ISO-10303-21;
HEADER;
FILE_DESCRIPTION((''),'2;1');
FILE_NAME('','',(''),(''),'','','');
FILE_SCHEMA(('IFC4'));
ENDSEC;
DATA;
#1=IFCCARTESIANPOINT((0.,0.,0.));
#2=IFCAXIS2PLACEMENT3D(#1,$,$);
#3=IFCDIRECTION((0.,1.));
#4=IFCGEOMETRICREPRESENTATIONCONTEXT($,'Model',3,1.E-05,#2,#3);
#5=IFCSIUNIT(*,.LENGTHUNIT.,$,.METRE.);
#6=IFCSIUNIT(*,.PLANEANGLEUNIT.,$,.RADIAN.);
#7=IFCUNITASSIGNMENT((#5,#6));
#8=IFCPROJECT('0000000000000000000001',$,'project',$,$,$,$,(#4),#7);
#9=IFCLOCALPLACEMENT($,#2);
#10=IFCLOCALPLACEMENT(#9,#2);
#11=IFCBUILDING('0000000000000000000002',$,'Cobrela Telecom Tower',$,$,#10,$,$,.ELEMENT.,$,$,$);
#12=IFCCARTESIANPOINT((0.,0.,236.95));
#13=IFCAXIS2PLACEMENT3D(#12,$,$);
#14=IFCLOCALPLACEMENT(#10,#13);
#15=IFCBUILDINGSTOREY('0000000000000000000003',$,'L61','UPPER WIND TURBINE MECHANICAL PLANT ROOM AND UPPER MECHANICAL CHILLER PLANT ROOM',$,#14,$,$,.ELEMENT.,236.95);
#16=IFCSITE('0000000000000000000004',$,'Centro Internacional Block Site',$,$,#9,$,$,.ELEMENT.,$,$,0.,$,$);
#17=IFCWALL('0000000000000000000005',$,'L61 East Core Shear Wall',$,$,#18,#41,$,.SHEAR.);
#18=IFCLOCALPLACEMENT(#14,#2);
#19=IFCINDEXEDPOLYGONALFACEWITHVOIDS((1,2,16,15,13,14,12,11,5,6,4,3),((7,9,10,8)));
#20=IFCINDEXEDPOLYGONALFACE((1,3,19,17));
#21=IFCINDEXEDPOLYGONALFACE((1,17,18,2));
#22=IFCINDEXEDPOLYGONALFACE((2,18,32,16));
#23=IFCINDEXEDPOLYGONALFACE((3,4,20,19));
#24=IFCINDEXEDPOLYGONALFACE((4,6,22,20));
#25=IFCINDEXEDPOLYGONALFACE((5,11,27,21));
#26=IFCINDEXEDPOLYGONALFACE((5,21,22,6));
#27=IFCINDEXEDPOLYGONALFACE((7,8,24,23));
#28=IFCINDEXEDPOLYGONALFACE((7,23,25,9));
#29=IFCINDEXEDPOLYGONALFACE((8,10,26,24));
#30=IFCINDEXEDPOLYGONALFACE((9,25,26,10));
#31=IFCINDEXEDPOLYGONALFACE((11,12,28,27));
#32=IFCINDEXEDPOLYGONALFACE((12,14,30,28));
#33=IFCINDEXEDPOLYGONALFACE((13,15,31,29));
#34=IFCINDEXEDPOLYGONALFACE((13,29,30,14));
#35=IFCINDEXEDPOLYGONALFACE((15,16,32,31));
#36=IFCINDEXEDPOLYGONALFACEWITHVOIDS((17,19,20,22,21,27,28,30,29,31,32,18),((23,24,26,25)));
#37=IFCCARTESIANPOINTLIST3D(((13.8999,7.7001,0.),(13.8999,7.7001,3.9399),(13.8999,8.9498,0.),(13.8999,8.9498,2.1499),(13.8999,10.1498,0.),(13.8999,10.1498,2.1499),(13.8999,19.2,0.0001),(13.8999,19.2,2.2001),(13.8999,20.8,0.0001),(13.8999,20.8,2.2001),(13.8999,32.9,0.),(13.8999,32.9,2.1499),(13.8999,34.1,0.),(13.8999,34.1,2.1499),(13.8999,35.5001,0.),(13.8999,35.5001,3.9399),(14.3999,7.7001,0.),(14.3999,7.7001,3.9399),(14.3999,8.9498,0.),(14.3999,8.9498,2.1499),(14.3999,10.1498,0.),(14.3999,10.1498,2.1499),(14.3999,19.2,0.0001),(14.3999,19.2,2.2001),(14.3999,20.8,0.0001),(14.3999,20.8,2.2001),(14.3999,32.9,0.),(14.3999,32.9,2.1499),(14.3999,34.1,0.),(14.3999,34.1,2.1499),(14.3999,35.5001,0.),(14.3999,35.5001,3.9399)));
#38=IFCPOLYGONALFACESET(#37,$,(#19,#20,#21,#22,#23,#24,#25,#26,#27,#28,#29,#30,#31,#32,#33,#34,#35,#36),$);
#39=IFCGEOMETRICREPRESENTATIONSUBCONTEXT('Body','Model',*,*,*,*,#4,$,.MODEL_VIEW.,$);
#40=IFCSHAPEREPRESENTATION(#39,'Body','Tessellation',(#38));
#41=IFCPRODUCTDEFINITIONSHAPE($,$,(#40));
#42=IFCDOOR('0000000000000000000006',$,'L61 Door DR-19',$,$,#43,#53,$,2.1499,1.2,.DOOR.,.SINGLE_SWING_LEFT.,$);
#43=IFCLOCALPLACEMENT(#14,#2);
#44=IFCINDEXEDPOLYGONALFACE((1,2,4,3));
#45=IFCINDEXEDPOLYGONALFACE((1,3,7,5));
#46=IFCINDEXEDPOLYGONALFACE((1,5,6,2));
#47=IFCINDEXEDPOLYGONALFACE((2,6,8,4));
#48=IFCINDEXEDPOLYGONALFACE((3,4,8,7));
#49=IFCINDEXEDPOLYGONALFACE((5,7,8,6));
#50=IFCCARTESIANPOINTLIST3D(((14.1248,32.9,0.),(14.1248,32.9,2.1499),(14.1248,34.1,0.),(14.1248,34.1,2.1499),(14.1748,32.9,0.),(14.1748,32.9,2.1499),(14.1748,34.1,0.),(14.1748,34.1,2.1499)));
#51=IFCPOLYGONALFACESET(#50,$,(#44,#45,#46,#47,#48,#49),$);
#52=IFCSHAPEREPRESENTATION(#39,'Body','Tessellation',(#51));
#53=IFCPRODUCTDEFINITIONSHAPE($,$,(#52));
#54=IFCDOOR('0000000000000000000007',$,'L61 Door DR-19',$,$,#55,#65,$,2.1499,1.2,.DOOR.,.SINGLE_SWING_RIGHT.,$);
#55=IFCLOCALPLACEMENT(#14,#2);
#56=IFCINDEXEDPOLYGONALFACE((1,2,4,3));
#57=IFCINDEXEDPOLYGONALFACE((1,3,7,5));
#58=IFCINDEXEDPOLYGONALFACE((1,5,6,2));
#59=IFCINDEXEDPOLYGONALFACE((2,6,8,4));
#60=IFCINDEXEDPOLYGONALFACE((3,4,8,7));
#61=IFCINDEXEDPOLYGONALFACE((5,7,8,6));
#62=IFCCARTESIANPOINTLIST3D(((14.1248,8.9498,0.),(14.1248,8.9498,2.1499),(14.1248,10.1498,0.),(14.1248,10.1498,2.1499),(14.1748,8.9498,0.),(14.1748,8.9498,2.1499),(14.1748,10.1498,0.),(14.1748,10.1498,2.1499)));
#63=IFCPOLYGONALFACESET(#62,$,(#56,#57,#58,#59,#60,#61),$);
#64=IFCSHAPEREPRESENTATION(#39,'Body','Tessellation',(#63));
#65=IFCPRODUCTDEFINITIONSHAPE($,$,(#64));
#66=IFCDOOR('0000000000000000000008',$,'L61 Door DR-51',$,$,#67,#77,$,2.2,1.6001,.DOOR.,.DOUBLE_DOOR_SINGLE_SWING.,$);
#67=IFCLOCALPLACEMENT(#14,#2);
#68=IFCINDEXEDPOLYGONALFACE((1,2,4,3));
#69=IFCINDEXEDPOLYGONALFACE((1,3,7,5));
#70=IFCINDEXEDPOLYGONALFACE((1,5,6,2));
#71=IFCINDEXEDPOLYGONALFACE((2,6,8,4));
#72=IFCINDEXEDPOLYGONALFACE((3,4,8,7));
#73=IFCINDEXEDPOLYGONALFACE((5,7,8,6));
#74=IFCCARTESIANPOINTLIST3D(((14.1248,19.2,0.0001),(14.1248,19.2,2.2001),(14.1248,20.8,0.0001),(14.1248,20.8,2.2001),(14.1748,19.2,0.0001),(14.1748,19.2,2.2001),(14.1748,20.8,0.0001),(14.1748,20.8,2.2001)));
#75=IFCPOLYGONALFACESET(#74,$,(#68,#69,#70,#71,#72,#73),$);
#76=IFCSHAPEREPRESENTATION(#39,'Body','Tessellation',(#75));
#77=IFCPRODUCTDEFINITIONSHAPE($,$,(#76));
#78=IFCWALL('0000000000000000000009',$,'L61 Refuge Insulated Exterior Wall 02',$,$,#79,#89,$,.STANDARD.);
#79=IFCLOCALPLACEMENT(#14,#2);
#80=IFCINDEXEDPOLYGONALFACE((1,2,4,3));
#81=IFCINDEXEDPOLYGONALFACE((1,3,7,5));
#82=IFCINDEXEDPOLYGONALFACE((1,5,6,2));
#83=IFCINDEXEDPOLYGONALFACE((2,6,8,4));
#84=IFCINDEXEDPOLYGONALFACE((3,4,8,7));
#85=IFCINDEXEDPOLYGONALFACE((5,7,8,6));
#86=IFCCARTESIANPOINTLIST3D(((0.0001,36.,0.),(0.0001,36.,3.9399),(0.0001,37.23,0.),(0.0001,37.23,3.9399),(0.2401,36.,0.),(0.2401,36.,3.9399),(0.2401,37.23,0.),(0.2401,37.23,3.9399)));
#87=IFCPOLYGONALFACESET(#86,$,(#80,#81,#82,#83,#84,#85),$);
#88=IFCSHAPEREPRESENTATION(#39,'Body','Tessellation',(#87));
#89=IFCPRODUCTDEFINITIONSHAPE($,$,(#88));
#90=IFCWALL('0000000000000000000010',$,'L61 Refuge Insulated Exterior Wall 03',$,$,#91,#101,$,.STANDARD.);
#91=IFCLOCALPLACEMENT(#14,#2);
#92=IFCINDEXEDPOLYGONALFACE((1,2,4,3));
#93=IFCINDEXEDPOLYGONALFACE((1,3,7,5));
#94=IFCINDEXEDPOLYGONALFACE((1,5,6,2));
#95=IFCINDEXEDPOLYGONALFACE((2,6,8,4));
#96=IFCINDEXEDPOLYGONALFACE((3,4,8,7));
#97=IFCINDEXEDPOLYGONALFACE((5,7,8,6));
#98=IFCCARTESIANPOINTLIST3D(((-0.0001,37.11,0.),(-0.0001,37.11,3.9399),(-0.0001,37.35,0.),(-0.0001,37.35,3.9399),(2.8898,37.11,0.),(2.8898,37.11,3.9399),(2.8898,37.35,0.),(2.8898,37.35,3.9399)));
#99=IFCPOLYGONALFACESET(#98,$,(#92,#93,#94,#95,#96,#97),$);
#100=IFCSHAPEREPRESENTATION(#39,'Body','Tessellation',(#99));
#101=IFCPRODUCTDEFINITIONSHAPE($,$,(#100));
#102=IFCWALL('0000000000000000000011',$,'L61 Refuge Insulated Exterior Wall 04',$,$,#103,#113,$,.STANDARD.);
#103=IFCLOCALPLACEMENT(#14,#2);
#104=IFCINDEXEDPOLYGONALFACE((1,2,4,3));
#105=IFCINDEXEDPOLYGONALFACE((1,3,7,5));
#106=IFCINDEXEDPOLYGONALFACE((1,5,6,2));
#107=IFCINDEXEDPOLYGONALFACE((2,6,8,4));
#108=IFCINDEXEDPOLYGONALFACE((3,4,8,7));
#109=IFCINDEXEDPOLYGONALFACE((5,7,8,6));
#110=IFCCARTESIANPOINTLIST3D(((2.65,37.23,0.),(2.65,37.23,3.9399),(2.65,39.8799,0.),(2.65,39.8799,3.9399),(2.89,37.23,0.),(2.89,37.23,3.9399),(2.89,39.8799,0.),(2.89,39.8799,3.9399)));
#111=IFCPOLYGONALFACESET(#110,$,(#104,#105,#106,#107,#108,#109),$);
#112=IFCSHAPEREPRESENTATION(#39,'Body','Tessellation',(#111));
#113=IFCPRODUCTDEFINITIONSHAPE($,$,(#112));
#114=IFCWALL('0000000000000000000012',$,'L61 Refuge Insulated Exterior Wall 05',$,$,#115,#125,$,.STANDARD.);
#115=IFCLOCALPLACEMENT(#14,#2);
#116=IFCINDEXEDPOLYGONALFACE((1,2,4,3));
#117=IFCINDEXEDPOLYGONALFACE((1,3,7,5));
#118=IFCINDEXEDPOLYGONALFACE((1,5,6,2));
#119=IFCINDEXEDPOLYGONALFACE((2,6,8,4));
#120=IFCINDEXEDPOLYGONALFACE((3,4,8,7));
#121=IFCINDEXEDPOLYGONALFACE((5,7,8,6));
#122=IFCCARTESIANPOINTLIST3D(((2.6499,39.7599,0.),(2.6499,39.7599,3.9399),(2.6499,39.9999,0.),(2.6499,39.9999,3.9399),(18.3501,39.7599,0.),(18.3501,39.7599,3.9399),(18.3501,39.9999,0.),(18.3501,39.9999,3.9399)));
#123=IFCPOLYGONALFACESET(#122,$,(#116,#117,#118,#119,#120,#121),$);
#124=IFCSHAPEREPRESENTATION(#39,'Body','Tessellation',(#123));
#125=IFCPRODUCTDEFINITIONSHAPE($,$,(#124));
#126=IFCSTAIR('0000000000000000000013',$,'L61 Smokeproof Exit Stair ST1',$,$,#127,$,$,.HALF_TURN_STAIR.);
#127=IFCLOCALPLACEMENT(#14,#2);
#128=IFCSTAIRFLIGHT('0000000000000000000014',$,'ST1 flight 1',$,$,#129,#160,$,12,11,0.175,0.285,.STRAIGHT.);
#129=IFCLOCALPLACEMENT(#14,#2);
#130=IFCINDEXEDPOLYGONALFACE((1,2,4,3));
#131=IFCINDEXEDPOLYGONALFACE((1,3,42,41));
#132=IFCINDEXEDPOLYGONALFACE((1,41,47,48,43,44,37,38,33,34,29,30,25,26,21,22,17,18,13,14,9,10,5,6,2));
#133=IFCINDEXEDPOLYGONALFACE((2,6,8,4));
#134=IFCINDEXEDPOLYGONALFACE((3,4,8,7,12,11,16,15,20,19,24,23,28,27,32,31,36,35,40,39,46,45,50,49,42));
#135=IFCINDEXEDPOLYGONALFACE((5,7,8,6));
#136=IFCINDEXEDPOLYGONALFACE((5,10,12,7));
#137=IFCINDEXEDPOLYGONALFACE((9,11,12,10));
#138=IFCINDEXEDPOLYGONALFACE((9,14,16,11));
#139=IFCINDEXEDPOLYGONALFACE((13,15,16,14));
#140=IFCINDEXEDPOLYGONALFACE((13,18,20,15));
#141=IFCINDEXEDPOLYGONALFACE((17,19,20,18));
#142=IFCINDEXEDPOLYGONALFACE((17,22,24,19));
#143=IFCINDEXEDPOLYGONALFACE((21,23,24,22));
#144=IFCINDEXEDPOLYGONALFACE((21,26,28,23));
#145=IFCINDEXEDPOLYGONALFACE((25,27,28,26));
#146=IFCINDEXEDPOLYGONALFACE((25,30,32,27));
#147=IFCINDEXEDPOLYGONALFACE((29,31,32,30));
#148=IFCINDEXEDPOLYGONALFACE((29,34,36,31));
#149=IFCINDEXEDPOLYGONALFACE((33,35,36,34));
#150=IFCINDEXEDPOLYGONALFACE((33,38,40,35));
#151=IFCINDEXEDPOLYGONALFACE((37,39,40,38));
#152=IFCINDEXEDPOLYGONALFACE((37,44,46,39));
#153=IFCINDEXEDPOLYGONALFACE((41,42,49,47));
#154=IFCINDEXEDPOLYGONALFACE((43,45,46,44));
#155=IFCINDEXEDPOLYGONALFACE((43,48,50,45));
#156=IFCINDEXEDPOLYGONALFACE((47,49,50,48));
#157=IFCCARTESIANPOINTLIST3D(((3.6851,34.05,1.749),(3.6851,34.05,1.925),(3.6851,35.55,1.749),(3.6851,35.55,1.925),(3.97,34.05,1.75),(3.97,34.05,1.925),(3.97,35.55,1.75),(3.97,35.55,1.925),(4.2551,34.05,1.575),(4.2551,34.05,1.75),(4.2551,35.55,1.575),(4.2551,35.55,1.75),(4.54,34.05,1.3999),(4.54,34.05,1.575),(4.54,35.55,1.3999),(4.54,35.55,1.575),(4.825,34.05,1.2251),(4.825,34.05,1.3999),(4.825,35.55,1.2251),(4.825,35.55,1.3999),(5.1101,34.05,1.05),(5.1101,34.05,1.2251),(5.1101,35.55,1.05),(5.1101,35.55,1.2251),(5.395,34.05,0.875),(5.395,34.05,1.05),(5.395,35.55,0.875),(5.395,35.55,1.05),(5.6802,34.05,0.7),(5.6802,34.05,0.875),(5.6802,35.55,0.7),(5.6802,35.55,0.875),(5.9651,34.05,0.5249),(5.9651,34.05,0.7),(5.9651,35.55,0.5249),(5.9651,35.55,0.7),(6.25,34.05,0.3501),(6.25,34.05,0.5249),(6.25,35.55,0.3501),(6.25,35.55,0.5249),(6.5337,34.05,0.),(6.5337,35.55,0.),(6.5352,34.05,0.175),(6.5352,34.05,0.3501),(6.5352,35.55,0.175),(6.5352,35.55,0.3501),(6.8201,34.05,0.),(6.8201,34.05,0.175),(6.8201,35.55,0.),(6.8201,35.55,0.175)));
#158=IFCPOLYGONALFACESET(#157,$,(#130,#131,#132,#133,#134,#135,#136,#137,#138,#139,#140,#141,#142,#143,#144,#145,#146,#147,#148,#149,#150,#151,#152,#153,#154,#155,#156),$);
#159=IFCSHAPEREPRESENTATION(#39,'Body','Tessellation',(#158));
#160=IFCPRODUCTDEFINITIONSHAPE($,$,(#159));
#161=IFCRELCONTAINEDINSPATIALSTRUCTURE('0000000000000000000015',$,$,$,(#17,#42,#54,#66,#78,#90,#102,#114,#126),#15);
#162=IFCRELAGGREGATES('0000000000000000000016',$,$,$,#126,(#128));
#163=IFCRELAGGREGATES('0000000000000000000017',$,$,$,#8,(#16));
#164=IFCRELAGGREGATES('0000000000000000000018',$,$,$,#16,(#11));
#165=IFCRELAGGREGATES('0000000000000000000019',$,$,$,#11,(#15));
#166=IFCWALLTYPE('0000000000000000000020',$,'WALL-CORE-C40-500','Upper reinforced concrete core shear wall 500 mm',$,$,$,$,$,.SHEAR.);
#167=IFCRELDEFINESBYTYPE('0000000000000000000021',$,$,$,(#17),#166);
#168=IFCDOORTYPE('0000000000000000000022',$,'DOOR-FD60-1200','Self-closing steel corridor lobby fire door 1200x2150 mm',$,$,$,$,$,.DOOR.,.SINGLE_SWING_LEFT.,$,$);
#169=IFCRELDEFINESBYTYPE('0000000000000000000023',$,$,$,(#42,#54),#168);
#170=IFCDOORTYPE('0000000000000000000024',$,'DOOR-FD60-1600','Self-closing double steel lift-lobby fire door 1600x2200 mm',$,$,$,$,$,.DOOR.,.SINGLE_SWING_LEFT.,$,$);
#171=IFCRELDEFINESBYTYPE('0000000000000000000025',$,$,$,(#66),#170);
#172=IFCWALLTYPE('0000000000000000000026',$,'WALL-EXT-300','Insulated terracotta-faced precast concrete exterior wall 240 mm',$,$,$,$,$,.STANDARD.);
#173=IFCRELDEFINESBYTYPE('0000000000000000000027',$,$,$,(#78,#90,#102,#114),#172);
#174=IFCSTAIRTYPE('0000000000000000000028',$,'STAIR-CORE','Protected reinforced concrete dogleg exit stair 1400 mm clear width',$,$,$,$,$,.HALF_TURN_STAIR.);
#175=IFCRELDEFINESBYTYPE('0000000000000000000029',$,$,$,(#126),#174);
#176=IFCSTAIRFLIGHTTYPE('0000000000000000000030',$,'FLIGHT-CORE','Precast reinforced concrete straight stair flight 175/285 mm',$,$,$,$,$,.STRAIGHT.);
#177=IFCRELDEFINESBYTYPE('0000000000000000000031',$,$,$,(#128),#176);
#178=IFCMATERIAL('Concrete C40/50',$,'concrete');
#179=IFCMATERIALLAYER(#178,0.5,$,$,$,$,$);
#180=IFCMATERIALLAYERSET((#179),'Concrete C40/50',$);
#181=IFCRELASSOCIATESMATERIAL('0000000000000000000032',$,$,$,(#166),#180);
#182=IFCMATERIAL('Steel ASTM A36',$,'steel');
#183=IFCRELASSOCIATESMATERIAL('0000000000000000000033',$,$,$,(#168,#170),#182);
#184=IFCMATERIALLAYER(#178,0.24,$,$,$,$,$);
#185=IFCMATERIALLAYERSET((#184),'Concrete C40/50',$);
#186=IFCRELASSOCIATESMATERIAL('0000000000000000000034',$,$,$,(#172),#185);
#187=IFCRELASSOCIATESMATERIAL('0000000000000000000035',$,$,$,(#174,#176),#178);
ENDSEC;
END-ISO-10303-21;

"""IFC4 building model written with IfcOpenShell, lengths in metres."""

from ifc_helpers import new_model, si_unit, direction, frame, frame_2d, origin, place, context, subcontext, project, spatial, polyline, rectangle, outline, extrude, material, layer, layer_set, type_object, element, fill, aggregate, save


model = new_model("IFC4")

# Units and contexts
model_context = context("Model", 3, precision=1e-05, world=origin(), true_north=direction((0.0, 1.0)))
body_context = subcontext(model_context, "Body", "Model", "MODEL_VIEW")
ifc_project = project(units=[si_unit("LENGTHUNIT", "METRE"), si_unit("PLANEANGLEUNIT", "RADIAN")], contexts=[model_context])

# Site, building, storey
site_placement = place(None, origin())
site = spatial("IfcSite", under=ifc_project, at=site_placement, Name="Centro Internacional Block Site", CompositionType="ELEMENT", RefElevation=0.0)
building_placement = place(site_placement, origin())
building = spatial("IfcBuilding", under=site, at=building_placement, Name="Cobrela Telecom Tower", CompositionType="ELEMENT")
storey_placement = place(building_placement, frame((0.0, 0.0, 236.95)))
storey = spatial("IfcBuildingStorey", under=building, at=storey_placement, Name="L61", Description="UPPER WIND TURBINE MECHANICAL PLANT ROOM AND UPPER MECHANICAL CHILLER PLANT ROOM", CompositionType="ELEMENT", Elevation=236.95)

# Shared definitions
ifc_material_1 = material(Name="Concrete C40/50", Category="concrete")
ifc_layer_1 = layer(ifc_material_1, 0.5)
ifc_layer_set_1 = layer_set([ifc_layer_1], Name="Concrete C40/50")
wall_type_1 = type_object("IfcWallType", Name="WALL-CORE-C40-500", Description="Upper reinforced concrete core shear wall 500 mm", PredefinedType="SHEAR", material=ifc_layer_set_1)

# Wall, openings, doors
wall_1_placement = place(storey_placement, frame((14.1499, 35.5, 0.0), z_axis=(0.0, 0.0, 1.0), x_axis=(0.0, -1.0, 0.0)))
wall_1 = element("IfcWall", 1, at=wall_1_placement, inside=storey, type_object=wall_type_1, Name="L61 East Core Shear Wall", PredefinedType="SHEAR", context=body_context, shape_type="SweptSolid", body=[
    extrude(rectangle(XDim=27.8, YDim=0.5, at=frame_2d((13.8999, 0.0))), origin(), (0.0, 0.0, 1.0), 3.9399),
])
opening_1_placement = place(wall_1_placement, frame((1.3999, 0.0, 0.0)))
opening_1 = element("IfcOpeningElement", 2, at=opening_1_placement, cuts=wall_1, PredefinedType="OPENING", context=body_context, shape_type="SweptSolid", body=[
    extrude(rectangle(XDim=1.2, YDim=2.1499, at=frame_2d((0.6001, 1.075))), frame((0.0, 0.262, 0.0), z_axis=(0.0, -1.0, 0.0), x_axis=(1.0, 0.0, 0.0)), (0.0, 0.0, 1.0), 0.5239),
])
opening_2_placement = place(wall_1_placement, frame((25.3501, 0.0, 0.0)))
opening_2 = element("IfcOpeningElement", 3, at=opening_2_placement, cuts=wall_1, PredefinedType="OPENING", context=body_context, shape_type="SweptSolid", body=[
    extrude(rectangle(XDim=1.2, YDim=2.1499, at=frame_2d((0.6001, 1.075))), frame((0.0, 0.262, 0.0), z_axis=(0.0, -1.0, 0.0), x_axis=(1.0, 0.0, 0.0)), (0.0, 0.0, 1.0), 0.5239),
])
opening_3_placement = place(wall_1_placement, frame((14.7, 0.0, 0.0)))
opening_3 = element("IfcOpeningElement", 4, at=opening_3_placement, cuts=wall_1, PredefinedType="OPENING", context=body_context, shape_type="SweptSolid", body=[
    extrude(rectangle(XDim=1.6001, YDim=2.2, at=frame_2d((0.8, 1.1001))), frame((0.0, 0.262, 0.0), z_axis=(0.0, -1.0, 0.0), x_axis=(1.0, 0.0, 0.0)), (0.0, 0.0, 1.0), 0.5239),
])
ifc_material_2 = material(Name="Steel ASTM A36", Category="steel")
door_type_1 = type_object("IfcDoorType", Name="DOOR-FD60-1200", Description="Self-closing steel corridor lobby fire door 1200x2150 mm", OperationType="SINGLE_SWING_LEFT", PredefinedType="DOOR", material=ifc_material_2)
door_1_placement = place(opening_1_placement, origin())
door_1 = element("IfcDoor", 5, at=door_1_placement, inside=storey, type_object=door_type_1, Name="L61 Door DR-19", OperationType="SINGLE_SWING_LEFT", OverallHeight=2.1499, OverallWidth=1.2, PredefinedType="DOOR", context=body_context, shape_type="SweptSolid", body=[
    extrude(rectangle(XDim=1.2, YDim=2.1499, at=frame_2d((0.6001, 1.075))), frame((0.0, 0.0249, 0.0), z_axis=(0.0, -1.0, 0.0), x_axis=(1.0, 0.0, 0.0)), (0.0, 0.0, 1.0), 0.05),
])
fill(opening_1, door_1)
door_2_placement = place(opening_2_placement, origin())
door_2 = element("IfcDoor", 6, at=door_2_placement, inside=storey, type_object=door_type_1, Name="L61 Door DR-19", OperationType="SINGLE_SWING_RIGHT", OverallHeight=2.1499, OverallWidth=1.2, PredefinedType="DOOR", context=body_context, shape_type="SweptSolid", body=[
    extrude(rectangle(XDim=1.2, YDim=2.1499, at=frame_2d((0.6001, 1.075))), frame((0.0, 0.0249, 0.0), z_axis=(0.0, -1.0, 0.0), x_axis=(1.0, 0.0, 0.0)), (0.0, 0.0, 1.0), 0.05),
])
fill(opening_2, door_2)
door_type_2 = type_object("IfcDoorType", Name="DOOR-FD60-1600", Description="Self-closing double steel lift-lobby fire door 1600x2200 mm", OperationType="SINGLE_SWING_LEFT", PredefinedType="DOOR", material=ifc_material_2)
door_3_placement = place(opening_3_placement, origin())
door_3 = element("IfcDoor", 7, at=door_3_placement, inside=storey, type_object=door_type_2, Name="L61 Door DR-51", OperationType="DOUBLE_DOOR_SINGLE_SWING", OverallHeight=2.2, OverallWidth=1.6001, PredefinedType="DOOR", context=body_context, shape_type="SweptSolid", body=[
    extrude(rectangle(XDim=1.6001, YDim=2.2, at=frame_2d((0.8, 1.1001))), frame((0.0, 0.0249, 0.0), z_axis=(0.0, -1.0, 0.0), x_axis=(1.0, 0.0, 0.0)), (0.0, 0.0, 1.0), 0.05),
])
fill(opening_3, door_3)

# Walls
ifc_layer_2 = layer(ifc_material_1, 0.24)
ifc_layer_set_2 = layer_set([ifc_layer_2], Name="Concrete C40/50")
wall_type_2 = type_object("IfcWallType", Name="WALL-EXT-300", Description="Insulated terracotta-faced precast concrete exterior wall 240 mm", PredefinedType="STANDARD", material=ifc_layer_set_2)
wall_2_placement = place(storey_placement, frame((0.1201, 36.0, 0.0), z_axis=(0.0, 0.0, 1.0), x_axis=(0.0, 1.0, 0.0)))
element("IfcWall", 8, at=wall_2_placement, inside=storey, type_object=wall_type_2, Name="L61 Refuge Insulated Exterior Wall 02", PredefinedType="STANDARD", context=body_context, shape_type="SweptSolid", body=[
    extrude(rectangle(XDim=1.23, YDim=0.24, at=frame_2d((0.615, 0.0))), origin(), (0.0, 0.0, 1.0), 3.9399),
])
wall_3_placement = place(storey_placement, frame((0.0, 37.23, 0.0), z_axis=(0.0, 0.0, 1.0), x_axis=(1.0, 0.0, 0.0)))
element("IfcWall", 9, at=wall_3_placement, inside=storey, type_object=wall_type_2, Name="L61 Refuge Insulated Exterior Wall 03", PredefinedType="STANDARD", context=body_context, shape_type="SweptSolid", body=[
    extrude(rectangle(XDim=2.8899, YDim=0.24, at=frame_2d((1.4448, 0.0))), origin(), (0.0, 0.0, 1.0), 3.9399),
])
wall_4_placement = place(storey_placement, frame((2.77, 37.23, 0.0), z_axis=(0.0, 0.0, 1.0), x_axis=(0.0, 1.0, 0.0)))
element("IfcWall", 10, at=wall_4_placement, inside=storey, type_object=wall_type_2, Name="L61 Refuge Insulated Exterior Wall 04", PredefinedType="STANDARD", context=body_context, shape_type="SweptSolid", body=[
    extrude(rectangle(XDim=2.6499, YDim=0.24, at=frame_2d((1.325, 0.0))), origin(), (0.0, 0.0, 1.0), 3.9399),
])
wall_5_placement = place(storey_placement, frame((2.6499, 39.8799, 0.0), z_axis=(0.0, 0.0, 1.0), x_axis=(1.0, 0.0, 0.0)))
element("IfcWall", 11, at=wall_5_placement, inside=storey, type_object=wall_type_2, Name="L61 Refuge Insulated Exterior Wall 05", PredefinedType="STANDARD", context=body_context, shape_type="SweptSolid", body=[
    extrude(rectangle(XDim=15.7002, YDim=0.24, at=frame_2d((7.8501, 0.0))), origin(), (0.0, 0.0, 1.0), 3.9399),
])

# Stair, stair flight
stair_type = type_object("IfcStairType", Name="STAIR-CORE", Description="Protected reinforced concrete dogleg exit stair 1400 mm clear width", PredefinedType="HALF_TURN_STAIR", material=ifc_material_1)
stair_placement = place(storey_placement, origin())
stair = element("IfcStair", 12, at=stair_placement, inside=storey, type_object=stair_type, Name="L61 Smokeproof Exit Stair ST1", PredefinedType="HALF_TURN_STAIR")
stair_flight_type = type_object("IfcStairFlightType", Name="FLIGHT-CORE", Description="Precast reinforced concrete straight stair flight 175/285 mm", PredefinedType="STRAIGHT", material=ifc_material_1)
stair_flight_placement = place(storey_placement, frame((6.8201, 34.8, 0.0), z_axis=(0.0, 0.0, 1.0), x_axis=(-1.0, 0.0, 0.0)))
stair_flight = element("IfcStairFlight", 13, at=stair_flight_placement, type_object=stair_flight_type, Name="ST1 flight 1", NumberOfRisers=12, NumberOfTreads=11, PredefinedType="STRAIGHT", RiserHeight=0.175, TreadLength=0.285, context=body_context, shape_type="SweptSolid", body=[
    extrude(outline(polyline([(0.0, 0.0), (0.0, 0.175), (0.2849, 0.175), (0.2849, 0.3501), (0.5701, 0.3501), (0.5701, 0.5249), (0.855, 0.5249), (0.855, 0.7), (1.1399, 0.7), (1.1399, 0.875), (1.425, 0.875), (1.425, 1.05), (1.71, 1.05), (1.71, 1.2251), (1.9951, 1.2251), (1.9951, 1.3999), (2.28, 1.3999), (2.28, 1.575), (2.5649, 1.575), (2.5649, 1.75), (2.8501, 1.75), (2.8501, 1.925), (3.135, 1.925), (3.135, 2.1001), (3.135, 1.749), (0.2864, 0.0), (0.0, 0.0)])), frame((0.0, 0.75, 0.0), z_axis=(0.0, -1.0, 0.0), x_axis=(1.0, 0.0, 0.0)), (0.0, 0.0, 1.0), 1.5),
])
aggregate(stair, [stair_flight])

save(model, "model.ifc")
